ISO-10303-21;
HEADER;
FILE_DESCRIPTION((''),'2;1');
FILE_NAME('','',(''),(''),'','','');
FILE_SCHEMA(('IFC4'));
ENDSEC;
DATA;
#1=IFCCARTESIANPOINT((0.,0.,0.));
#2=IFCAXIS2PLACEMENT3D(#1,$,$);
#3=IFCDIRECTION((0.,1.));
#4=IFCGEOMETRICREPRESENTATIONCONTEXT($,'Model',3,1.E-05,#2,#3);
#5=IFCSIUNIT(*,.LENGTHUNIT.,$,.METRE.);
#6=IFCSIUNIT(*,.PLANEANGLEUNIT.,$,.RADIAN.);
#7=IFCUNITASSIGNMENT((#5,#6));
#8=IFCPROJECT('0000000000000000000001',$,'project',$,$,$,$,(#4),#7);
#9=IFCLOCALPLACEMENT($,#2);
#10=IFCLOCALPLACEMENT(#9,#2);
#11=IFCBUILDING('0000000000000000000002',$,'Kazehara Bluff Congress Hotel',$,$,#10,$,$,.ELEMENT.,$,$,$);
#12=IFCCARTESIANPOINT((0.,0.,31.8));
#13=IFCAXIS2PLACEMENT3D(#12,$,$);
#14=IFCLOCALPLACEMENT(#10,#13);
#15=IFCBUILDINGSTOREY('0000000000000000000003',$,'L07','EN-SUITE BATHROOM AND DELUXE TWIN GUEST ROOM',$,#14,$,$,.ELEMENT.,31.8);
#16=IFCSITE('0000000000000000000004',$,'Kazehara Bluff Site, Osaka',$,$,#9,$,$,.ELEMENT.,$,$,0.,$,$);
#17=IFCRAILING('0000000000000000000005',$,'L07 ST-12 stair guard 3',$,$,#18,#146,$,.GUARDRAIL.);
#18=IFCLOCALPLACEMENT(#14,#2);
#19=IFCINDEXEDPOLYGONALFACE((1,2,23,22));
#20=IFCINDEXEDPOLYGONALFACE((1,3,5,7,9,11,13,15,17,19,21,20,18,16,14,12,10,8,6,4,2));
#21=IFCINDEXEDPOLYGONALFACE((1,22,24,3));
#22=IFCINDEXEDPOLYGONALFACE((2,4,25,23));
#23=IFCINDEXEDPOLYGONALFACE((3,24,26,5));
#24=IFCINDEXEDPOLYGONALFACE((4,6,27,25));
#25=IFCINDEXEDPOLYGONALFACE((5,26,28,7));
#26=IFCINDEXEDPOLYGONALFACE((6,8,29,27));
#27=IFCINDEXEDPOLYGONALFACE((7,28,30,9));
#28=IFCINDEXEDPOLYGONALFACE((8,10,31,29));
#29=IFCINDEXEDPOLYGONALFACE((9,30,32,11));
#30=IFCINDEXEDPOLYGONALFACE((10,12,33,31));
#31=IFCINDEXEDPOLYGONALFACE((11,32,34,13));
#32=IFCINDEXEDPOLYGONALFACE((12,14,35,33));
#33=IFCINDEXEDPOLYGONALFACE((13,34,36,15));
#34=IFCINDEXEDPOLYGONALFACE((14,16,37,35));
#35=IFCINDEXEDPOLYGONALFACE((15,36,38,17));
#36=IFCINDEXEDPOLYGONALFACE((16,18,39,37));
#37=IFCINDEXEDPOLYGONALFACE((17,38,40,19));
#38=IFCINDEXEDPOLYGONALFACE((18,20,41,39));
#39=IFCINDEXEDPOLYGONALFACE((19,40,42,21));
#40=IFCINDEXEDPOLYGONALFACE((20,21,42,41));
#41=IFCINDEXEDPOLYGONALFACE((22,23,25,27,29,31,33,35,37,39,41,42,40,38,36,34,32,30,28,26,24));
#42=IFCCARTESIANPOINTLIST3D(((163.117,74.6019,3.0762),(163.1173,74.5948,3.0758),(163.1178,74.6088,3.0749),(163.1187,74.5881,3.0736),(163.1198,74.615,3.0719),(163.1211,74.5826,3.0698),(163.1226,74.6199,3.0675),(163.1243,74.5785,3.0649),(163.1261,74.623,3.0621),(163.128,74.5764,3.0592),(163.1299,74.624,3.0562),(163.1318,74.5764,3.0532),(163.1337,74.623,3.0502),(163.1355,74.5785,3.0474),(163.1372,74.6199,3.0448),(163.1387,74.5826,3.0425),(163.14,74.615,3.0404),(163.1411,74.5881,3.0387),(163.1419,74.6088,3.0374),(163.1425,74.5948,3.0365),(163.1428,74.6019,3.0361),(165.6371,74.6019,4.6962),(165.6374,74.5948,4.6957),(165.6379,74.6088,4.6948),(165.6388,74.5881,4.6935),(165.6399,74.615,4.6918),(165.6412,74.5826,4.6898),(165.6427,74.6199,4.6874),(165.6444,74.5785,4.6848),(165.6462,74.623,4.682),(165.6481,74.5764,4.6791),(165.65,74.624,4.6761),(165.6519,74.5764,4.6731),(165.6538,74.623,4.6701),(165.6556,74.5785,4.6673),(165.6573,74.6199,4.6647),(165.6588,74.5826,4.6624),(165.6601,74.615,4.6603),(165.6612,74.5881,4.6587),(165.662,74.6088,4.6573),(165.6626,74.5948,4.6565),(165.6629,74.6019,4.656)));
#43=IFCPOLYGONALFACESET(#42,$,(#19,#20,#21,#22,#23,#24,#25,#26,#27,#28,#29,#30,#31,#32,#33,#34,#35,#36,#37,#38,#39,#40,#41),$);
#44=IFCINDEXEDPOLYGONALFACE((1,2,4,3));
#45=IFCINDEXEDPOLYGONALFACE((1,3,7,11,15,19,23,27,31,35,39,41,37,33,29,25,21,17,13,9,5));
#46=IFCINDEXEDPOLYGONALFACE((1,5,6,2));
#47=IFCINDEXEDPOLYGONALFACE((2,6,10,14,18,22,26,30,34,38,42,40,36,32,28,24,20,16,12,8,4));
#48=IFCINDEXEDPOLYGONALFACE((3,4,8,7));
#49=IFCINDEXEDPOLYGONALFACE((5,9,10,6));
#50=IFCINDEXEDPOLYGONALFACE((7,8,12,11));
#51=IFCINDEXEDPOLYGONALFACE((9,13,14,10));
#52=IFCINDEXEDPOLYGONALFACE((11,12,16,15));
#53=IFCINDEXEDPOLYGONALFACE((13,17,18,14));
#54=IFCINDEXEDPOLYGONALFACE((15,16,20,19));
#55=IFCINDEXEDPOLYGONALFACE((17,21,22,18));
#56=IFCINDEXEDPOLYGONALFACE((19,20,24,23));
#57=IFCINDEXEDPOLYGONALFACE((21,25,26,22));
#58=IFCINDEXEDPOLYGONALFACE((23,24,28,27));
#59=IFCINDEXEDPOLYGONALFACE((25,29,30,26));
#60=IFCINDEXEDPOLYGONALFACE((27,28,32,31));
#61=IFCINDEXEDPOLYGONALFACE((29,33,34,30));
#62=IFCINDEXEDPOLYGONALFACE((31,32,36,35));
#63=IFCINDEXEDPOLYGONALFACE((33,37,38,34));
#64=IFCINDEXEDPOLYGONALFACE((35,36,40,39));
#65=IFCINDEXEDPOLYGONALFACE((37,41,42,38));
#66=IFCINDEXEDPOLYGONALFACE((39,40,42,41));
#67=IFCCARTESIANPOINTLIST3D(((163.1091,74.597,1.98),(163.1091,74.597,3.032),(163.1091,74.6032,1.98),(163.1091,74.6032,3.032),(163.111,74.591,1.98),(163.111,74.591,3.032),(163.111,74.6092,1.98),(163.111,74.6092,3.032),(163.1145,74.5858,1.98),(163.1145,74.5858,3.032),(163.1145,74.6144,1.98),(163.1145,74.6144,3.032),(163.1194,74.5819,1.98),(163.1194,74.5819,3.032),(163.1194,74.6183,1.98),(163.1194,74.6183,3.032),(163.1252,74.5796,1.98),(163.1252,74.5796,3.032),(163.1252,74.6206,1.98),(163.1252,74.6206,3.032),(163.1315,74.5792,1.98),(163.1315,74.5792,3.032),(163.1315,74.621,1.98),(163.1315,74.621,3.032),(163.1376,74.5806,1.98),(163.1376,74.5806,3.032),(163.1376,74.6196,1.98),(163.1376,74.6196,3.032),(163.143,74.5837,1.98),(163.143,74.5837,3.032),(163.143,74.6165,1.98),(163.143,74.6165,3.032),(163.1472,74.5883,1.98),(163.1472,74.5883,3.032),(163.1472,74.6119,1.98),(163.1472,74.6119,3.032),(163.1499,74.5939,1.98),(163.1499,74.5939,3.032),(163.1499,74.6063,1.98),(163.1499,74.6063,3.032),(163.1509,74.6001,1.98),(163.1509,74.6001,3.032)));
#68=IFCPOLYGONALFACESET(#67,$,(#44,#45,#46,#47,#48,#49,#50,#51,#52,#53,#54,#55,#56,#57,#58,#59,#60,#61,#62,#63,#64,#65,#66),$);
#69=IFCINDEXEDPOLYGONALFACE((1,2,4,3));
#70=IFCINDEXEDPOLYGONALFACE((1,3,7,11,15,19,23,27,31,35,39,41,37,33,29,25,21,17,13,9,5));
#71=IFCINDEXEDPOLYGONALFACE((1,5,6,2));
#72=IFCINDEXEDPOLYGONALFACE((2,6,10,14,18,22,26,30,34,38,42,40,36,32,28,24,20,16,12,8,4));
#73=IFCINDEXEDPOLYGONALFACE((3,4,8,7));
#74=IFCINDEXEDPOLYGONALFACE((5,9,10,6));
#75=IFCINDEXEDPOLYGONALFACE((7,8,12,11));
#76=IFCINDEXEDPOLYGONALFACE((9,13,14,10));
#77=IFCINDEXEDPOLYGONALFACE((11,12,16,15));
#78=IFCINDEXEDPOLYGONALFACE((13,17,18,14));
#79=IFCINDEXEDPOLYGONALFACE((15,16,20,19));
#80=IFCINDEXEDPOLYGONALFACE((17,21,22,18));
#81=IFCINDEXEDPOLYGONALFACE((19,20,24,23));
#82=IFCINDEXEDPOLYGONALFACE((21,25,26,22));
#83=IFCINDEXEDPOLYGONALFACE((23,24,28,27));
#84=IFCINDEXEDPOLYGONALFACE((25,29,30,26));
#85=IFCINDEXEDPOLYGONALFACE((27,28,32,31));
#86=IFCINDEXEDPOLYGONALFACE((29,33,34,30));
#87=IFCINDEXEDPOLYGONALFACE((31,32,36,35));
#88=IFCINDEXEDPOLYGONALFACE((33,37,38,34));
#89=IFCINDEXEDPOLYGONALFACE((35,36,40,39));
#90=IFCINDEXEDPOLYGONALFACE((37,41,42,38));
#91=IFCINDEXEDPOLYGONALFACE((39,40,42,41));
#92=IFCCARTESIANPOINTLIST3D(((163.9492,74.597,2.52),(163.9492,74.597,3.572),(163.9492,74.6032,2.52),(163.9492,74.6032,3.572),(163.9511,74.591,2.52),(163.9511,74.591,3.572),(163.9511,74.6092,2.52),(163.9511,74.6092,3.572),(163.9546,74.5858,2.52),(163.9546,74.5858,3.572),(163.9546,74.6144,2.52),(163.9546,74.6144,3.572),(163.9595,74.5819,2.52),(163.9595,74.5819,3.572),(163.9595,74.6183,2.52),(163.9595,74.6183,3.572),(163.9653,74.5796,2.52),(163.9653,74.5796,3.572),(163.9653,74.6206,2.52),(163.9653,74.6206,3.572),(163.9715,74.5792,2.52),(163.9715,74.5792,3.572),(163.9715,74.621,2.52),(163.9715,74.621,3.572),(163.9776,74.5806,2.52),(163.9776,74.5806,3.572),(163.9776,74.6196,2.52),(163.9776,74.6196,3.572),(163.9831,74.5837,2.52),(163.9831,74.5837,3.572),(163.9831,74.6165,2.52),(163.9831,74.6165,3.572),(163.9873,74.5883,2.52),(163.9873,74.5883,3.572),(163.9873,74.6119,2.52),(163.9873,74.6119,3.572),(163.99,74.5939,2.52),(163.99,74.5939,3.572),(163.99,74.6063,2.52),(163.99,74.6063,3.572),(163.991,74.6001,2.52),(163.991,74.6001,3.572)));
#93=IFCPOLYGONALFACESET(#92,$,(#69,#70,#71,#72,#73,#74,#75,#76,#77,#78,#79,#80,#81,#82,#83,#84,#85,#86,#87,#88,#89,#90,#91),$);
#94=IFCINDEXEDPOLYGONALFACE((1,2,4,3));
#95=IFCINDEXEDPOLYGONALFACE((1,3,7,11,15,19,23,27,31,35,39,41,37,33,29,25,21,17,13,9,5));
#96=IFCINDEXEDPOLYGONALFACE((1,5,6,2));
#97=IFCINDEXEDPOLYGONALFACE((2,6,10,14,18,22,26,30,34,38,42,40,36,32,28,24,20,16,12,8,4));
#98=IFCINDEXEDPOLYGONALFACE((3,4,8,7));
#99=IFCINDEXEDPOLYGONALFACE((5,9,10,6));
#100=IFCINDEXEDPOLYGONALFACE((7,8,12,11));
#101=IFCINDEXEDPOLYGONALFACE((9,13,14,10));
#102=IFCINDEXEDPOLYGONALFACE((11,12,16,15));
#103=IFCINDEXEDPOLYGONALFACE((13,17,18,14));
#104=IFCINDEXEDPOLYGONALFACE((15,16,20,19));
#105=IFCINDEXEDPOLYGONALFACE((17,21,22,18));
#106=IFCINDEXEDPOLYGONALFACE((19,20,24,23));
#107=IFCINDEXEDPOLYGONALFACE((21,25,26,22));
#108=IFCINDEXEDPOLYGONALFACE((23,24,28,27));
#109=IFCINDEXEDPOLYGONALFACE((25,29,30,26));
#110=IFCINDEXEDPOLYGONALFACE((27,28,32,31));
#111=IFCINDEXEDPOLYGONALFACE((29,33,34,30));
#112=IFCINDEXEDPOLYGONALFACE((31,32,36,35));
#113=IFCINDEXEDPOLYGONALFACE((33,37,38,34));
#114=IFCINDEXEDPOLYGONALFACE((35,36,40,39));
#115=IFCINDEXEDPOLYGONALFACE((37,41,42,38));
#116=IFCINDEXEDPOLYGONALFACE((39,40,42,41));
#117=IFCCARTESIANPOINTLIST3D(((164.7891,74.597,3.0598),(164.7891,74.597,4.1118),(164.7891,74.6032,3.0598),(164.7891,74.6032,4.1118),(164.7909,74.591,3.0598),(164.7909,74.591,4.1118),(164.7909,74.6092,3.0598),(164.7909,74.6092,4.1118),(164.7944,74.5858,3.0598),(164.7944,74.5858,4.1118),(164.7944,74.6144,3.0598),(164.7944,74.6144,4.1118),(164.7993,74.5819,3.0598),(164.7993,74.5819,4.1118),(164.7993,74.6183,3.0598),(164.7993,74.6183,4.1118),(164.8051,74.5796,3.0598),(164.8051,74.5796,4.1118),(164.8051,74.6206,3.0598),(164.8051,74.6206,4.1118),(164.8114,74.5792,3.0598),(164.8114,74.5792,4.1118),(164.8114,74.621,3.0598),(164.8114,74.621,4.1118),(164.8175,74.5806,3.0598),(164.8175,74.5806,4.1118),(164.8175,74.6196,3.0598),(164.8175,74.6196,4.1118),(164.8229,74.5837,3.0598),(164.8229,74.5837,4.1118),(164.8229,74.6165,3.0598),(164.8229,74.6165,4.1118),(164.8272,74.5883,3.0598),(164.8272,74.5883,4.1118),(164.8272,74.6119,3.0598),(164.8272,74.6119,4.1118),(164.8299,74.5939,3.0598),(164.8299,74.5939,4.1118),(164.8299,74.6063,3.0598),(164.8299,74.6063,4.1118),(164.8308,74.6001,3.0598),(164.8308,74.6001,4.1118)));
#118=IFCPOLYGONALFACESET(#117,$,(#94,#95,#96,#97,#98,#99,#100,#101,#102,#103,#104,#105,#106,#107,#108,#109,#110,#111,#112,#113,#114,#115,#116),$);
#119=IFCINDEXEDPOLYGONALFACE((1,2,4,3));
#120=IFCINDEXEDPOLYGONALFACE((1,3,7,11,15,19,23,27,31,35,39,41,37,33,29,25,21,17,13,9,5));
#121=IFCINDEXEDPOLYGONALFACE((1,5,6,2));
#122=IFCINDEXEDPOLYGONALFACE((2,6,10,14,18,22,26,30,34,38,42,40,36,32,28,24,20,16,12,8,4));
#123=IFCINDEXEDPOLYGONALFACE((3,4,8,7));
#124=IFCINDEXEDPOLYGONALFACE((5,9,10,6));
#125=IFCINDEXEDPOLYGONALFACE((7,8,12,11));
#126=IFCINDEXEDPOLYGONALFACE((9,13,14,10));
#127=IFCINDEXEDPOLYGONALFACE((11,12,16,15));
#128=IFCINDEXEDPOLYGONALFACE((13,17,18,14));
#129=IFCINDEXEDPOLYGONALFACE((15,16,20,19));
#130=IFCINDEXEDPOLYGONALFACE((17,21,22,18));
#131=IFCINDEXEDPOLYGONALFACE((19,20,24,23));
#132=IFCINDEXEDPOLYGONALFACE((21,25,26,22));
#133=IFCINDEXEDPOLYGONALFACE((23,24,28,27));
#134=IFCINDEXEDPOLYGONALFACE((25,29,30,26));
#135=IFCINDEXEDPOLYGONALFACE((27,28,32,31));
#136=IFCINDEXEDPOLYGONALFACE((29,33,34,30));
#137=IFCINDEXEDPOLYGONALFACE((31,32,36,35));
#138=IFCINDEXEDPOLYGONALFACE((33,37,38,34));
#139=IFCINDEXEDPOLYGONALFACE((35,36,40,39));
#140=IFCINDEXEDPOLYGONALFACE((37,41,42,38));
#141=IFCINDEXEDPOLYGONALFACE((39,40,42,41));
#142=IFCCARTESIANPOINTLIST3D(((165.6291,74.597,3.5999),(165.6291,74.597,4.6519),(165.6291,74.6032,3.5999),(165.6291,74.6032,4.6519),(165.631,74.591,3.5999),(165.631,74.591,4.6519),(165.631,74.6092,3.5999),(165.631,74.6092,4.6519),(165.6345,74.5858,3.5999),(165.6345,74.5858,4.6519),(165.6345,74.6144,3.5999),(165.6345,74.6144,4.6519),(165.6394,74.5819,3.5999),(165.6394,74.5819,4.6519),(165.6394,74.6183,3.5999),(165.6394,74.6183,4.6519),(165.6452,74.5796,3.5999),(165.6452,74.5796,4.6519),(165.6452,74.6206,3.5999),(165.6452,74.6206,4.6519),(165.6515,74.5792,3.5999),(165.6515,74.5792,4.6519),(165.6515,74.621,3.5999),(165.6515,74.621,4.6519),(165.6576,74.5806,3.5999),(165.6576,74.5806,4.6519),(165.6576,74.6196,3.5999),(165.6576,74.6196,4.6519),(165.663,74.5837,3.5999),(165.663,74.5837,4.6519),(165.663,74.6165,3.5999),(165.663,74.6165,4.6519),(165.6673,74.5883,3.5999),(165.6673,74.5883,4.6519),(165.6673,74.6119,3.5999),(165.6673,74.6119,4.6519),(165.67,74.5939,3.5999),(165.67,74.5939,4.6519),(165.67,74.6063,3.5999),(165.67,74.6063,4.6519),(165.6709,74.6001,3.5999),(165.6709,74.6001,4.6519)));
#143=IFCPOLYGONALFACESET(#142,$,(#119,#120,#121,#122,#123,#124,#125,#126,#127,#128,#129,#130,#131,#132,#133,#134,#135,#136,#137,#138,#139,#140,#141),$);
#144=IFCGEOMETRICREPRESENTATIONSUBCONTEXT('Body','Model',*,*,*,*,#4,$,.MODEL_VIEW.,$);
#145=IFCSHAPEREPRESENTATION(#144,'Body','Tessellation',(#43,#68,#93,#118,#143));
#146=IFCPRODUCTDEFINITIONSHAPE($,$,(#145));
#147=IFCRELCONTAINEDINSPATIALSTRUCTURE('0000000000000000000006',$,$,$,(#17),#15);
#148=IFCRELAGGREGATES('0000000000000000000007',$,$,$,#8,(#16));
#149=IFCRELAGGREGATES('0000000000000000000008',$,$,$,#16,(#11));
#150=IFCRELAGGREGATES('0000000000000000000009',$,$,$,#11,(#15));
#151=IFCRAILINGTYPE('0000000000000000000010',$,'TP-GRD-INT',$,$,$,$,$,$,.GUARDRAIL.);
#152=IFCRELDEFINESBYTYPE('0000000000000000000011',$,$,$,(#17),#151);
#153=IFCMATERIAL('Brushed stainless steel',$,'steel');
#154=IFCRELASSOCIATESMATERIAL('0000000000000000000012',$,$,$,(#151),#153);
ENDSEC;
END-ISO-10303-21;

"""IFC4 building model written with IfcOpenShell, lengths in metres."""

from ifc_helpers import new_model, si_unit, direction, frame, origin, origin_2d, place, context, subcontext, project, spatial, circle, extrude, material, type_object, element, save


model = new_model("IFC4")

# Units and contexts
model_context = context("Model", 3, precision=1e-05, world=origin(), true_north=direction((0.0, 1.0)))
body_context = subcontext(model_context, "Body", "Model", "MODEL_VIEW")
ifc_project = project(units=[si_unit("LENGTHUNIT", "METRE"), si_unit("PLANEANGLEUNIT", "RADIAN")], contexts=[model_context])

# Site, building, storey
site_placement = place(None, origin())
site = spatial("IfcSite", under=ifc_project, at=site_placement, Name="Kazehara Bluff Site, Osaka", CompositionType="ELEMENT", RefElevation=0.0)
building_placement = place(site_placement, origin())
building = spatial("IfcBuilding", under=site, at=building_placement, Name="Kazehara Bluff Congress Hotel", CompositionType="ELEMENT")
storey_placement = place(building_placement, frame((0.0, 0.0, 31.8)))
storey = spatial("IfcBuildingStorey", under=building, at=storey_placement, Name="L07", Description="EN-SUITE BATHROOM AND DELUXE TWIN GUEST ROOM", CompositionType="ELEMENT", Elevation=31.8)

# Railing
ifc_material_1 = material(Name="Brushed stainless steel", Category="steel")
railing_type_1 = type_object("IfcRailingType", Name="TP-GRD-INT", PredefinedType="GUARDRAIL", material=ifc_material_1)
railing_1_placement = place(storey_placement, frame((163.1299, 74.6001, 1.98)))
element("IfcRailing", 1, at=railing_1_placement, inside=storey, type_object=railing_type_1, Name="L07 ST-12 stair guard 3", PredefinedType="GUARDRAIL", context=body_context, shape_type="SweptSolid", body=[
    extrude(circle(Radius=0.0239, at=origin_2d()), frame((0.0, 0.0, 1.0762), z_axis=(0.8412, 0.0, 0.540725), x_axis=(0.0, 1.0, 0.0)), (0.0, 0.0, 1.0), 2.9958),
    extrude(circle(Radius=0.021, at=origin_2d()), origin(), (0.0, 0.0, 1.0), 1.052),
    extrude(circle(Radius=0.021, at=origin_2d()), frame((0.8401, 0.0, 0.54)), (0.0, 0.0, 1.0), 1.052),
    extrude(circle(Radius=0.021, at=origin_2d()), frame((1.6799, 0.0, 1.0798)), (0.0, 0.0, 1.0), 1.052),
    extrude(circle(Radius=0.021, at=origin_2d()), frame((2.52, 0.0, 1.6199)), (0.0, 0.0, 1.0), 1.052),
])

save(model, "model.ifc")
